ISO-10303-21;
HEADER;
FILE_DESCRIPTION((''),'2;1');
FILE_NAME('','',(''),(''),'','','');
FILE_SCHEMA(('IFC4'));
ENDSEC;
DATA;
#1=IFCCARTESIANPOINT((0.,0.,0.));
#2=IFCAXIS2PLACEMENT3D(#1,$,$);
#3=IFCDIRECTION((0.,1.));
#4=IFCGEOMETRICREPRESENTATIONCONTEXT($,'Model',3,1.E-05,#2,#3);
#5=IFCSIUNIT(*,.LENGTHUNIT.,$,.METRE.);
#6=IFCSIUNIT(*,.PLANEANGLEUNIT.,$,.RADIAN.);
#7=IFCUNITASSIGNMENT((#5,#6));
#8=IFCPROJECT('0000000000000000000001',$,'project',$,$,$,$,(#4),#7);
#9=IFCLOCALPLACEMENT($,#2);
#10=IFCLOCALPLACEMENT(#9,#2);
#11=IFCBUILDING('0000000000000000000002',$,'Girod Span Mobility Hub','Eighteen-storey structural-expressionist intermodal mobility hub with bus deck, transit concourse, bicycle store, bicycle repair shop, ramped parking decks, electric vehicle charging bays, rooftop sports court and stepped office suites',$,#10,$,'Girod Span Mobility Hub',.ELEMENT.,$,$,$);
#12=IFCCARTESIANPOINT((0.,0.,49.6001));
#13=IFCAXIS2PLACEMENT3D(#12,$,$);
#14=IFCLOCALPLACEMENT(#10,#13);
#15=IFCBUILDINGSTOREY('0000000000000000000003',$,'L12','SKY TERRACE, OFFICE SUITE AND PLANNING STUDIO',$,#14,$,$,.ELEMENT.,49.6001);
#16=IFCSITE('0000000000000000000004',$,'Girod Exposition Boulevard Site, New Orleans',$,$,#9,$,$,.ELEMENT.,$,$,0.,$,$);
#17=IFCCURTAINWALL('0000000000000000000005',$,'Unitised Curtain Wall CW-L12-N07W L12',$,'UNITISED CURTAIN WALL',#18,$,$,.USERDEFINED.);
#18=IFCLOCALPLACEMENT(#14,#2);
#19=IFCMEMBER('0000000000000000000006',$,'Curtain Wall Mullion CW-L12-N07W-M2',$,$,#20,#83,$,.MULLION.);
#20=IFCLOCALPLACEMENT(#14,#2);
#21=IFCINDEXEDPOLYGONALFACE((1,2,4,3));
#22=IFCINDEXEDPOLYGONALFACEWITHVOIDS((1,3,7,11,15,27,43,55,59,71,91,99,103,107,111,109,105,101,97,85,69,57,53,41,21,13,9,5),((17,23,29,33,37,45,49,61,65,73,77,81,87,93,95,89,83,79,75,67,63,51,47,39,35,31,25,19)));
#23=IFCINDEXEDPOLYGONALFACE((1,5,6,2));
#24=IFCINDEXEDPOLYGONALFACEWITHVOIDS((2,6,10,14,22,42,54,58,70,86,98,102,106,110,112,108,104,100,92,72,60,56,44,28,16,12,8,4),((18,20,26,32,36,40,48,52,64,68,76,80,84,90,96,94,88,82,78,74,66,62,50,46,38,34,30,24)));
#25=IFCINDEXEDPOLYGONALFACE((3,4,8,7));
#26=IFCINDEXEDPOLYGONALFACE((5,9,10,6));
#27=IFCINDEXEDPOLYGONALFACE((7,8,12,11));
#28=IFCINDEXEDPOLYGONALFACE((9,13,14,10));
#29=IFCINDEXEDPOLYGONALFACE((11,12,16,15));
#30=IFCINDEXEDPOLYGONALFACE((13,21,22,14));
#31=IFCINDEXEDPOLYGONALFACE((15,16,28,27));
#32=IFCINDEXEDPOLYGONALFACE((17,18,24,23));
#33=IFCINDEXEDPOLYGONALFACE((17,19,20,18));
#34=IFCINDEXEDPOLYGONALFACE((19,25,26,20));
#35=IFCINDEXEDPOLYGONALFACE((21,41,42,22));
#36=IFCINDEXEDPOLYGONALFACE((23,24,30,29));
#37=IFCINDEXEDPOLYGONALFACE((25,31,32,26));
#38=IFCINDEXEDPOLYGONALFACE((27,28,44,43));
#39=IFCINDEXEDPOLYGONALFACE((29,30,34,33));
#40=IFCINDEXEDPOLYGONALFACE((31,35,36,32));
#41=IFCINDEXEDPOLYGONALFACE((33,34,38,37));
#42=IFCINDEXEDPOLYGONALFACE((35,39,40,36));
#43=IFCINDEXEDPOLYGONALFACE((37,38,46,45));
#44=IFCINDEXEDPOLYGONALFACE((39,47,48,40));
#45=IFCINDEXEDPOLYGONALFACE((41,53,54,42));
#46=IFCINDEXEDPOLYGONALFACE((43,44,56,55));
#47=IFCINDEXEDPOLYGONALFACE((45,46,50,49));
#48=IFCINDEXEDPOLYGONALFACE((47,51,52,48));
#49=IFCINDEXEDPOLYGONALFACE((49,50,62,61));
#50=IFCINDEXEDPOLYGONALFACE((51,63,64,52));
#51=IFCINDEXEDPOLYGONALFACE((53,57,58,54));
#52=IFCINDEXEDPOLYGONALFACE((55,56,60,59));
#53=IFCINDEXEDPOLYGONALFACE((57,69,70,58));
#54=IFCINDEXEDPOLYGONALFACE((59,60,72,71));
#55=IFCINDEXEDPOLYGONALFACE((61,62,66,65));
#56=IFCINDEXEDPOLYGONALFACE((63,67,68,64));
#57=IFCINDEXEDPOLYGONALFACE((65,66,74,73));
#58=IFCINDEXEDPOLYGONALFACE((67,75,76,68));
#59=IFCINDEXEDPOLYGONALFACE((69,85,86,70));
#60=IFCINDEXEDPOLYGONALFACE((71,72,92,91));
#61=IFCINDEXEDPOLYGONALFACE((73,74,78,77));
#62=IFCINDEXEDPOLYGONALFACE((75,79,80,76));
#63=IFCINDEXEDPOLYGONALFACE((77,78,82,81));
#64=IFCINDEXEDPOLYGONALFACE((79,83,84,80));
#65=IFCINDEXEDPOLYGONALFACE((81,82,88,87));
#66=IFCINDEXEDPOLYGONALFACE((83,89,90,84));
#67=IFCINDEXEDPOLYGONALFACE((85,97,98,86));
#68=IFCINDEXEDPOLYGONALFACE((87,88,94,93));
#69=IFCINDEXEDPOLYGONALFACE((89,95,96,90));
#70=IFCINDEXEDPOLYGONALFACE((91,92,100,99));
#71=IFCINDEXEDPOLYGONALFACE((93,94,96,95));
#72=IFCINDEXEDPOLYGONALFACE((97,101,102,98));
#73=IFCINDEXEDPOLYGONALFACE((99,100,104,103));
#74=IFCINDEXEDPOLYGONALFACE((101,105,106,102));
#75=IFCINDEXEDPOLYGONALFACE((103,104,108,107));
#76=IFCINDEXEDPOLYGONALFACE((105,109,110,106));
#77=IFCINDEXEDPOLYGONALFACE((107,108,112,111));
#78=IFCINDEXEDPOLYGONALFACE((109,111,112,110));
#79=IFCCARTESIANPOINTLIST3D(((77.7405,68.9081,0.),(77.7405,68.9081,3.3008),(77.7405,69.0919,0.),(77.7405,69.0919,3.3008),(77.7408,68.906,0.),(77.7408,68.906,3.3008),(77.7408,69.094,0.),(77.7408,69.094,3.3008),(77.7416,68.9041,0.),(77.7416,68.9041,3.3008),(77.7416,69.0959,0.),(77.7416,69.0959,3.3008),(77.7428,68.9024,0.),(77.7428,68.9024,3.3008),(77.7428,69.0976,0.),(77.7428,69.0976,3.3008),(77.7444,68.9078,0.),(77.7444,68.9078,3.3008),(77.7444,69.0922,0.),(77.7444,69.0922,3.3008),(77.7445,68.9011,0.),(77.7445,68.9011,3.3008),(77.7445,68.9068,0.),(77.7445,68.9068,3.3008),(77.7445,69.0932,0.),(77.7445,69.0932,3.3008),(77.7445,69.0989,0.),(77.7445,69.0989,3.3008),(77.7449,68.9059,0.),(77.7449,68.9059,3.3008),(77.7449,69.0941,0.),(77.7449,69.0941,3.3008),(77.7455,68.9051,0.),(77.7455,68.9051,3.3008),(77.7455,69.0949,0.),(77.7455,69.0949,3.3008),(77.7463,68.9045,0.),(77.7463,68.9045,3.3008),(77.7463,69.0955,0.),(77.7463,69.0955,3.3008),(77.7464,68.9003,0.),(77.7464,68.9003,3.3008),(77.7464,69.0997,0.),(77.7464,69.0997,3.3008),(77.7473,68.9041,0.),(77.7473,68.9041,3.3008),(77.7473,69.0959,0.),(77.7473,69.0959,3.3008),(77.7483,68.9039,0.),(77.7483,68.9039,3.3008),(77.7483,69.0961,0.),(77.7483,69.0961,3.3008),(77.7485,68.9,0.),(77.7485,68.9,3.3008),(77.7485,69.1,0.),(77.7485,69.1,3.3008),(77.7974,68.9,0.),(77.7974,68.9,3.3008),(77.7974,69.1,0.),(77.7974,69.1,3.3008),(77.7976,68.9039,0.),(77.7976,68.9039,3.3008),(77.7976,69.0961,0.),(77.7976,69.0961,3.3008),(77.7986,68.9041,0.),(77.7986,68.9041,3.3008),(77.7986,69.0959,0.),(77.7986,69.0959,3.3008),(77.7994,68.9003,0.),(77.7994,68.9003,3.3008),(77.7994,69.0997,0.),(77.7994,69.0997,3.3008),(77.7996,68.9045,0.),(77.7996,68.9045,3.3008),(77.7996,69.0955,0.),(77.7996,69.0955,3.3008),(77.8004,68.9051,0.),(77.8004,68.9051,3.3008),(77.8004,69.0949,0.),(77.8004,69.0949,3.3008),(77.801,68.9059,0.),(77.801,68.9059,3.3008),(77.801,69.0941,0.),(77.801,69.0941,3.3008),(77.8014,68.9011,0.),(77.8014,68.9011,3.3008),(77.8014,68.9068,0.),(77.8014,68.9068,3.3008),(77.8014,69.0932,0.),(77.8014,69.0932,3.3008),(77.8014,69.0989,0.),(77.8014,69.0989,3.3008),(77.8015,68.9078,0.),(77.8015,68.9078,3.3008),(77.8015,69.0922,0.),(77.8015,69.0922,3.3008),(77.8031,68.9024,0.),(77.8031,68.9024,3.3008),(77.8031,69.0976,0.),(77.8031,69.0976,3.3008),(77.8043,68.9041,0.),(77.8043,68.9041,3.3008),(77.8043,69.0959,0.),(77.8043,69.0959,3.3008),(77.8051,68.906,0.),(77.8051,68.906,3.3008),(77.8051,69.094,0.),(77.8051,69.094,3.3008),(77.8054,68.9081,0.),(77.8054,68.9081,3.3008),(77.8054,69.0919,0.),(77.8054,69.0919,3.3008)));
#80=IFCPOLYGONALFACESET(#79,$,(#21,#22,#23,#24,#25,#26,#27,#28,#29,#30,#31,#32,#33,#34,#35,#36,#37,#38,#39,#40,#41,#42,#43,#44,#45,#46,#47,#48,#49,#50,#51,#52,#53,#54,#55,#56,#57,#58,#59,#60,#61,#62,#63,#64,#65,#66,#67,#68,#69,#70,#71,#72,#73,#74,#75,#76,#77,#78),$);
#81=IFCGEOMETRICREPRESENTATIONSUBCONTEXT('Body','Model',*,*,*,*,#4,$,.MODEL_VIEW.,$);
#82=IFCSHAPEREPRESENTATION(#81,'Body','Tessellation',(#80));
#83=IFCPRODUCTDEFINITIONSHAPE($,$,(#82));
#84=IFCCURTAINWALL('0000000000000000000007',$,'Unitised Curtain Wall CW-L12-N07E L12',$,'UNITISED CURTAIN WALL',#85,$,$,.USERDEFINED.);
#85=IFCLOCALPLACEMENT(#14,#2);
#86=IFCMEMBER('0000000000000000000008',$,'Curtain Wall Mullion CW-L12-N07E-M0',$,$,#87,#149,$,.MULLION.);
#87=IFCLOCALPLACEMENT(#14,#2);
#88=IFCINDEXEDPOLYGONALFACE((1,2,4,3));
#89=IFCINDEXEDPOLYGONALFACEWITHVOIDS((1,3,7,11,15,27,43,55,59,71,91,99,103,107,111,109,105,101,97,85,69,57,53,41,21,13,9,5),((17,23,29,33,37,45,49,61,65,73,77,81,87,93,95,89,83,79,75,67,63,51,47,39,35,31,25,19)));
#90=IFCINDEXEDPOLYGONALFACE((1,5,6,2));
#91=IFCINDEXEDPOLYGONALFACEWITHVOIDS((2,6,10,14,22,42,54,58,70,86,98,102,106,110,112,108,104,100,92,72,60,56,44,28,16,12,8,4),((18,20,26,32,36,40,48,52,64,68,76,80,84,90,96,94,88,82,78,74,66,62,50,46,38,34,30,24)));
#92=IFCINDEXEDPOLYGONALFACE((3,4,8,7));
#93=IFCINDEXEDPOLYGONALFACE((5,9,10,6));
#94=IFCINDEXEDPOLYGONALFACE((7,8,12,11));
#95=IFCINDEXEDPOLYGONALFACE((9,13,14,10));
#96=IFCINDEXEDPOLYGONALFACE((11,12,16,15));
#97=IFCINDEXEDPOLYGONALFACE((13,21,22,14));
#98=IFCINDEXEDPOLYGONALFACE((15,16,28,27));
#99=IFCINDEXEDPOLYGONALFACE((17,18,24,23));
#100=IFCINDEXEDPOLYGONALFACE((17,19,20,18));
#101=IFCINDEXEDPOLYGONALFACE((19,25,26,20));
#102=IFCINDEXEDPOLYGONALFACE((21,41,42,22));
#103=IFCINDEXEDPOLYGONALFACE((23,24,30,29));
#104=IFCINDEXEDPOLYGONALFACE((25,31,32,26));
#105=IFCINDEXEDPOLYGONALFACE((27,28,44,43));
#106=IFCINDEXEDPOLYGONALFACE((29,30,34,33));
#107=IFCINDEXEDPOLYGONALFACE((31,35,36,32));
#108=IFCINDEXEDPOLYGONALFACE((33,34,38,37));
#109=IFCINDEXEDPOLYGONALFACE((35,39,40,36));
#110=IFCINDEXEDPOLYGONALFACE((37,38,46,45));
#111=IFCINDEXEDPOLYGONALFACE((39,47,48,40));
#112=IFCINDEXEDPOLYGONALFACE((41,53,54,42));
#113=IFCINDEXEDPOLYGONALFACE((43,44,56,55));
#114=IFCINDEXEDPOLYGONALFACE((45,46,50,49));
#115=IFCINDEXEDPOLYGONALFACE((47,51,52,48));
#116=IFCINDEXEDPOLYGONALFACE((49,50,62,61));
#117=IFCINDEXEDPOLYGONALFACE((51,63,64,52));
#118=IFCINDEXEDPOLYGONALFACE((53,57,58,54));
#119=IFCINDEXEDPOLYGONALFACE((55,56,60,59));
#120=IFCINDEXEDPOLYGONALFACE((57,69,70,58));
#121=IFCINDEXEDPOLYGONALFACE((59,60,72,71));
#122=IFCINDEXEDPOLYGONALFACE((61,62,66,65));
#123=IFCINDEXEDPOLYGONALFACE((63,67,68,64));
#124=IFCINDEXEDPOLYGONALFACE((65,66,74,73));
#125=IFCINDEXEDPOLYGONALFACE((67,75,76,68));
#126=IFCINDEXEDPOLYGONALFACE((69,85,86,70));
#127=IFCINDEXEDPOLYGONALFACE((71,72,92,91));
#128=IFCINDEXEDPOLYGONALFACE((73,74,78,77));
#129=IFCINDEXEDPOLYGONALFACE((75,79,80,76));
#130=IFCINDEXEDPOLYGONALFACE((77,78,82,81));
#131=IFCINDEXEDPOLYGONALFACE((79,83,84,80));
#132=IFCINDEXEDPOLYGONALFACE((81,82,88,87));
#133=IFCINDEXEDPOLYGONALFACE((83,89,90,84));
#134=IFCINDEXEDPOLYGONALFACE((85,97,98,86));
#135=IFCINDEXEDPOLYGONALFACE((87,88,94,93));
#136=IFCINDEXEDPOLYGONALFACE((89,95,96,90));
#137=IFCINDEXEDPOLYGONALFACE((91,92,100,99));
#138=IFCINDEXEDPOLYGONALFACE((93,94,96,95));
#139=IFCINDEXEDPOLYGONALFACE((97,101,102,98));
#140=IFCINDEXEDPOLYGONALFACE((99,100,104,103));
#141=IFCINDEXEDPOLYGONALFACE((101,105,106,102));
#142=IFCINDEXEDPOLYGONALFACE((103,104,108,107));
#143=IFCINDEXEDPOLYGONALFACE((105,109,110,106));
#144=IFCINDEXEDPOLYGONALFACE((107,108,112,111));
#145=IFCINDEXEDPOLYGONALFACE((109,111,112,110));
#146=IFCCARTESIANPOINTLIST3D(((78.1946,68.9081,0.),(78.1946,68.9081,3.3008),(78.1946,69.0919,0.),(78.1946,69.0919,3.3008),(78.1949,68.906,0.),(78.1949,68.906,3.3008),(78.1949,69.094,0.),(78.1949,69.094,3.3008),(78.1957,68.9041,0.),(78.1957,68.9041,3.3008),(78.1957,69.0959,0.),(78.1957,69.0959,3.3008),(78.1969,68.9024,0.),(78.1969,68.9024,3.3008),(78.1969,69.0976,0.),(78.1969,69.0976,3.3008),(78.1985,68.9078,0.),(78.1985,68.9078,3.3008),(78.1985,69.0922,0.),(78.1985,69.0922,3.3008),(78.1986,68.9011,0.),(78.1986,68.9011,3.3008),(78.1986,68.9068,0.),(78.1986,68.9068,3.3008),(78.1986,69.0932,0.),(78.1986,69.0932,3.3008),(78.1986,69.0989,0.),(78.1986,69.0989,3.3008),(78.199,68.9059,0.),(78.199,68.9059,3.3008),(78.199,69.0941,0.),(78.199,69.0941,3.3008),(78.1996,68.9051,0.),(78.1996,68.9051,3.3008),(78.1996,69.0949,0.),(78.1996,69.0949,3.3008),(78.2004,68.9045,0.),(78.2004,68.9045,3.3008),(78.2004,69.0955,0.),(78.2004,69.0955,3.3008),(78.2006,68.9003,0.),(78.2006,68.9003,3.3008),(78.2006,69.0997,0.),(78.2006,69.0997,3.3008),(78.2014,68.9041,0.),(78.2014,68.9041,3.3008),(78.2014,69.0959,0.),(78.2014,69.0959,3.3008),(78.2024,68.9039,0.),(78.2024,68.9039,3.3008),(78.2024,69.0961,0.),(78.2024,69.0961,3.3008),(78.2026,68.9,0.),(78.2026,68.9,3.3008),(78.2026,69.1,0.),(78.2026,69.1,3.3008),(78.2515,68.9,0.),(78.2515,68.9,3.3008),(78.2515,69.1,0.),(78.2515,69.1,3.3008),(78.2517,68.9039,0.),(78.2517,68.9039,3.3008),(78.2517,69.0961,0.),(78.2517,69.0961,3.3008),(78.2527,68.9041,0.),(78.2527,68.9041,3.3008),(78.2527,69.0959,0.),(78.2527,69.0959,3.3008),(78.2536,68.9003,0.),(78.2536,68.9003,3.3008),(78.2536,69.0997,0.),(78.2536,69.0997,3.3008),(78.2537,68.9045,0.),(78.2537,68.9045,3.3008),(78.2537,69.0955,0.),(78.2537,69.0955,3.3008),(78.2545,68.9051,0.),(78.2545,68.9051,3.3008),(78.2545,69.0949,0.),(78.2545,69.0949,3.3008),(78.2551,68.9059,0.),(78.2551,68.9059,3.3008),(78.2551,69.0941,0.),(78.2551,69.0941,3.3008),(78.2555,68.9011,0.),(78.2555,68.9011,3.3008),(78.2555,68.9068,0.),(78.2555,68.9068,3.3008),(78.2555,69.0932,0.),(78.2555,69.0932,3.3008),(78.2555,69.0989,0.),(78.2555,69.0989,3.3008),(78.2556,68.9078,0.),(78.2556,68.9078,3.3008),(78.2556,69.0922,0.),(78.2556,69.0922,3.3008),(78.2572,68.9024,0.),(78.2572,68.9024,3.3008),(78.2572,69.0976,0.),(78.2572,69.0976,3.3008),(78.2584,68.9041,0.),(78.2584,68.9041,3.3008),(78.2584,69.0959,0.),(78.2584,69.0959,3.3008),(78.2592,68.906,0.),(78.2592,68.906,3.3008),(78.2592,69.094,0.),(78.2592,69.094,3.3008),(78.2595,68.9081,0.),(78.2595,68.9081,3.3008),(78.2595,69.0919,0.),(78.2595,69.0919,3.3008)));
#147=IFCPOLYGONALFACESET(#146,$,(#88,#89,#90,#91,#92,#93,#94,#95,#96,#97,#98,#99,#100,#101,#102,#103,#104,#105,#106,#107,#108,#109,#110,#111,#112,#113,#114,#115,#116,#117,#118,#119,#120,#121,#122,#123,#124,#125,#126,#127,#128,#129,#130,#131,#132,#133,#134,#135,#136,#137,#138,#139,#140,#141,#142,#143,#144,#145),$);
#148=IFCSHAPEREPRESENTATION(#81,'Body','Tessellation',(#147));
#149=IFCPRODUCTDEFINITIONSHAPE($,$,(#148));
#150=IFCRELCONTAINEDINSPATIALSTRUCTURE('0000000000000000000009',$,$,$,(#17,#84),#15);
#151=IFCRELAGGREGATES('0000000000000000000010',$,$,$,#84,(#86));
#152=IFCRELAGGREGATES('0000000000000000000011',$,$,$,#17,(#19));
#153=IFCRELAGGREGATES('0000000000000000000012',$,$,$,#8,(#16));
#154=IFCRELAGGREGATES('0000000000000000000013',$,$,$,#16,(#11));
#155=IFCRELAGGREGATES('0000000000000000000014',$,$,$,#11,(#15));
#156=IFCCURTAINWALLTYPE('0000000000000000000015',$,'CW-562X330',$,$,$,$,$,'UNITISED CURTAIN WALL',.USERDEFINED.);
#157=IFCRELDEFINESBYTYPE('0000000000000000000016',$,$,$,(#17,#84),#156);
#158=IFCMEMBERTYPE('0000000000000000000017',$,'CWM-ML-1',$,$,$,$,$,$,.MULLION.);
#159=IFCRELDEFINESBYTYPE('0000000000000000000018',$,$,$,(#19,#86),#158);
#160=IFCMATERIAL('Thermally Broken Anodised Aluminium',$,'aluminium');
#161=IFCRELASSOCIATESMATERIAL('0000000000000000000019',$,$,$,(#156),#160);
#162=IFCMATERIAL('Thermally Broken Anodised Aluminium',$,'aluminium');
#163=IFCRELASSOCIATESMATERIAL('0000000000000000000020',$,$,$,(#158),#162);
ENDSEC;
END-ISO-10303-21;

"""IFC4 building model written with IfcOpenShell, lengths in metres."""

from ifc_helpers import new_model, si_unit, direction, frame, origin, origin_2d, place, context, subcontext, project, spatial, hollow_rectangle, extrude, material, material_profile, profile_set, type_object, element, aggregate, save


model = new_model("IFC4")

# Units and contexts
model_context = context("Model", 3, precision=1e-05, world=origin(), true_north=direction((0.0, 1.0)))
body_context = subcontext(model_context, "Body", "Model", "MODEL_VIEW")
ifc_project = project(units=[si_unit("LENGTHUNIT", "METRE"), si_unit("PLANEANGLEUNIT", "RADIAN")], contexts=[model_context])

# Site, building, storey
site_placement = place(None, origin())
site = spatial("IfcSite", under=ifc_project, at=site_placement, Name="Girod Exposition Boulevard Site, New Orleans", CompositionType="ELEMENT", RefElevation=0.0)
building_placement = place(site_placement, origin())
building = spatial("IfcBuilding", under=site, at=building_placement, Name="Girod Span Mobility Hub", Description="Eighteen-storey structural-expressionist intermodal mobility hub with bus deck, transit concourse, bicycle store, bicycle repair shop, ramped parking decks, electric vehicle charging bays, rooftop sports court and stepped office suites", LongName="Girod Span Mobility Hub", CompositionType="ELEMENT")
storey_placement = place(building_placement, frame((0.0, 0.0, 49.6001)))
storey = spatial("IfcBuildingStorey", under=building, at=storey_placement, Name="L12", Description="SKY TERRACE, OFFICE SUITE AND PLANNING STUDIO", CompositionType="ELEMENT", Elevation=49.6001)

# Curtain wall, member
ifc_material_1 = material(Name="Thermally Broken Anodised Aluminium", Category="aluminium")
curtain_wall_type = type_object("IfcCurtainWallType", Name="CW-562X330", ElementType="UNITISED CURTAIN WALL", PredefinedType="USERDEFINED", material=ifc_material_1)
ifc_material_2 = material(Name="Thermally Broken Anodised Aluminium", Category="aluminium")
ifc_material_profile_1 = material_profile(ifc_material_2, hollow_rectangle(XDim=0.2, YDim=0.0649, WallThickness=0.0039, InnerFilletRadius=0.0039, OuterFilletRadius=0.0081, at=origin_2d()), Name="CW-ML-65X200")
ifc_profile_set_1 = profile_set([ifc_material_profile_1], Name="Thermally Broken Anodised Aluminium")
member_type_1 = type_object("IfcMemberType", Name="CWM-ML-1", PredefinedType="MULLION", material=ifc_profile_set_1)
curtain_wall_1_placement = place(storey_placement, origin())
curtain_wall_1 = element("IfcCurtainWall", 1, at=curtain_wall_1_placement, inside=storey, type_object=curtain_wall_type, Name="Unitised Curtain Wall CW-L12-N07W L12", ObjectType="UNITISED CURTAIN WALL", PredefinedType="USERDEFINED")
member_1_placement = place(storey_placement, frame((77.7729, 69.0, 0.0), z_axis=(0.0, 0.0, 1.0), x_axis=(0.0, 1.0, 0.0)))
member_1 = element("IfcMember", 2, at=member_1_placement, type_object=member_type_1, Name="Curtain Wall Mullion CW-L12-N07W-M2", PredefinedType="MULLION", context=body_context, shape_type="SweptSolid", body=[
    extrude(hollow_rectangle(XDim=0.2, YDim=0.0649, WallThickness=0.0039, InnerFilletRadius=0.0039, OuterFilletRadius=0.0081, at=origin_2d()), origin(), (0.0, 0.0, 1.0), 3.3008),
])

# Curtain wall, member
curtain_wall_2_placement = place(storey_placement, origin())
curtain_wall_2 = element("IfcCurtainWall", 3, at=curtain_wall_2_placement, inside=storey, type_object=curtain_wall_type, Name="Unitised Curtain Wall CW-L12-N07E L12", ObjectType="UNITISED CURTAIN WALL", PredefinedType="USERDEFINED")
member_2_placement = place(storey_placement, frame((78.2271, 69.0, 0.0), z_axis=(0.0, 0.0, 1.0), x_axis=(0.0, 1.0, 0.0)))
member_2 = element("IfcMember", 4, at=member_2_placement, type_object=member_type_1, Name="Curtain Wall Mullion CW-L12-N07E-M0", PredefinedType="MULLION", context=body_context, shape_type="SweptSolid", body=[
    extrude(hollow_rectangle(XDim=0.2, YDim=0.0649, WallThickness=0.0039, InnerFilletRadius=0.0039, OuterFilletRadius=0.0081, at=origin_2d()), origin(), (0.0, 0.0, 1.0), 3.3008),
])

aggregate(curtain_wall_2, [member_2])

aggregate(curtain_wall_1, [member_1])

save(model, "model.ifc")
